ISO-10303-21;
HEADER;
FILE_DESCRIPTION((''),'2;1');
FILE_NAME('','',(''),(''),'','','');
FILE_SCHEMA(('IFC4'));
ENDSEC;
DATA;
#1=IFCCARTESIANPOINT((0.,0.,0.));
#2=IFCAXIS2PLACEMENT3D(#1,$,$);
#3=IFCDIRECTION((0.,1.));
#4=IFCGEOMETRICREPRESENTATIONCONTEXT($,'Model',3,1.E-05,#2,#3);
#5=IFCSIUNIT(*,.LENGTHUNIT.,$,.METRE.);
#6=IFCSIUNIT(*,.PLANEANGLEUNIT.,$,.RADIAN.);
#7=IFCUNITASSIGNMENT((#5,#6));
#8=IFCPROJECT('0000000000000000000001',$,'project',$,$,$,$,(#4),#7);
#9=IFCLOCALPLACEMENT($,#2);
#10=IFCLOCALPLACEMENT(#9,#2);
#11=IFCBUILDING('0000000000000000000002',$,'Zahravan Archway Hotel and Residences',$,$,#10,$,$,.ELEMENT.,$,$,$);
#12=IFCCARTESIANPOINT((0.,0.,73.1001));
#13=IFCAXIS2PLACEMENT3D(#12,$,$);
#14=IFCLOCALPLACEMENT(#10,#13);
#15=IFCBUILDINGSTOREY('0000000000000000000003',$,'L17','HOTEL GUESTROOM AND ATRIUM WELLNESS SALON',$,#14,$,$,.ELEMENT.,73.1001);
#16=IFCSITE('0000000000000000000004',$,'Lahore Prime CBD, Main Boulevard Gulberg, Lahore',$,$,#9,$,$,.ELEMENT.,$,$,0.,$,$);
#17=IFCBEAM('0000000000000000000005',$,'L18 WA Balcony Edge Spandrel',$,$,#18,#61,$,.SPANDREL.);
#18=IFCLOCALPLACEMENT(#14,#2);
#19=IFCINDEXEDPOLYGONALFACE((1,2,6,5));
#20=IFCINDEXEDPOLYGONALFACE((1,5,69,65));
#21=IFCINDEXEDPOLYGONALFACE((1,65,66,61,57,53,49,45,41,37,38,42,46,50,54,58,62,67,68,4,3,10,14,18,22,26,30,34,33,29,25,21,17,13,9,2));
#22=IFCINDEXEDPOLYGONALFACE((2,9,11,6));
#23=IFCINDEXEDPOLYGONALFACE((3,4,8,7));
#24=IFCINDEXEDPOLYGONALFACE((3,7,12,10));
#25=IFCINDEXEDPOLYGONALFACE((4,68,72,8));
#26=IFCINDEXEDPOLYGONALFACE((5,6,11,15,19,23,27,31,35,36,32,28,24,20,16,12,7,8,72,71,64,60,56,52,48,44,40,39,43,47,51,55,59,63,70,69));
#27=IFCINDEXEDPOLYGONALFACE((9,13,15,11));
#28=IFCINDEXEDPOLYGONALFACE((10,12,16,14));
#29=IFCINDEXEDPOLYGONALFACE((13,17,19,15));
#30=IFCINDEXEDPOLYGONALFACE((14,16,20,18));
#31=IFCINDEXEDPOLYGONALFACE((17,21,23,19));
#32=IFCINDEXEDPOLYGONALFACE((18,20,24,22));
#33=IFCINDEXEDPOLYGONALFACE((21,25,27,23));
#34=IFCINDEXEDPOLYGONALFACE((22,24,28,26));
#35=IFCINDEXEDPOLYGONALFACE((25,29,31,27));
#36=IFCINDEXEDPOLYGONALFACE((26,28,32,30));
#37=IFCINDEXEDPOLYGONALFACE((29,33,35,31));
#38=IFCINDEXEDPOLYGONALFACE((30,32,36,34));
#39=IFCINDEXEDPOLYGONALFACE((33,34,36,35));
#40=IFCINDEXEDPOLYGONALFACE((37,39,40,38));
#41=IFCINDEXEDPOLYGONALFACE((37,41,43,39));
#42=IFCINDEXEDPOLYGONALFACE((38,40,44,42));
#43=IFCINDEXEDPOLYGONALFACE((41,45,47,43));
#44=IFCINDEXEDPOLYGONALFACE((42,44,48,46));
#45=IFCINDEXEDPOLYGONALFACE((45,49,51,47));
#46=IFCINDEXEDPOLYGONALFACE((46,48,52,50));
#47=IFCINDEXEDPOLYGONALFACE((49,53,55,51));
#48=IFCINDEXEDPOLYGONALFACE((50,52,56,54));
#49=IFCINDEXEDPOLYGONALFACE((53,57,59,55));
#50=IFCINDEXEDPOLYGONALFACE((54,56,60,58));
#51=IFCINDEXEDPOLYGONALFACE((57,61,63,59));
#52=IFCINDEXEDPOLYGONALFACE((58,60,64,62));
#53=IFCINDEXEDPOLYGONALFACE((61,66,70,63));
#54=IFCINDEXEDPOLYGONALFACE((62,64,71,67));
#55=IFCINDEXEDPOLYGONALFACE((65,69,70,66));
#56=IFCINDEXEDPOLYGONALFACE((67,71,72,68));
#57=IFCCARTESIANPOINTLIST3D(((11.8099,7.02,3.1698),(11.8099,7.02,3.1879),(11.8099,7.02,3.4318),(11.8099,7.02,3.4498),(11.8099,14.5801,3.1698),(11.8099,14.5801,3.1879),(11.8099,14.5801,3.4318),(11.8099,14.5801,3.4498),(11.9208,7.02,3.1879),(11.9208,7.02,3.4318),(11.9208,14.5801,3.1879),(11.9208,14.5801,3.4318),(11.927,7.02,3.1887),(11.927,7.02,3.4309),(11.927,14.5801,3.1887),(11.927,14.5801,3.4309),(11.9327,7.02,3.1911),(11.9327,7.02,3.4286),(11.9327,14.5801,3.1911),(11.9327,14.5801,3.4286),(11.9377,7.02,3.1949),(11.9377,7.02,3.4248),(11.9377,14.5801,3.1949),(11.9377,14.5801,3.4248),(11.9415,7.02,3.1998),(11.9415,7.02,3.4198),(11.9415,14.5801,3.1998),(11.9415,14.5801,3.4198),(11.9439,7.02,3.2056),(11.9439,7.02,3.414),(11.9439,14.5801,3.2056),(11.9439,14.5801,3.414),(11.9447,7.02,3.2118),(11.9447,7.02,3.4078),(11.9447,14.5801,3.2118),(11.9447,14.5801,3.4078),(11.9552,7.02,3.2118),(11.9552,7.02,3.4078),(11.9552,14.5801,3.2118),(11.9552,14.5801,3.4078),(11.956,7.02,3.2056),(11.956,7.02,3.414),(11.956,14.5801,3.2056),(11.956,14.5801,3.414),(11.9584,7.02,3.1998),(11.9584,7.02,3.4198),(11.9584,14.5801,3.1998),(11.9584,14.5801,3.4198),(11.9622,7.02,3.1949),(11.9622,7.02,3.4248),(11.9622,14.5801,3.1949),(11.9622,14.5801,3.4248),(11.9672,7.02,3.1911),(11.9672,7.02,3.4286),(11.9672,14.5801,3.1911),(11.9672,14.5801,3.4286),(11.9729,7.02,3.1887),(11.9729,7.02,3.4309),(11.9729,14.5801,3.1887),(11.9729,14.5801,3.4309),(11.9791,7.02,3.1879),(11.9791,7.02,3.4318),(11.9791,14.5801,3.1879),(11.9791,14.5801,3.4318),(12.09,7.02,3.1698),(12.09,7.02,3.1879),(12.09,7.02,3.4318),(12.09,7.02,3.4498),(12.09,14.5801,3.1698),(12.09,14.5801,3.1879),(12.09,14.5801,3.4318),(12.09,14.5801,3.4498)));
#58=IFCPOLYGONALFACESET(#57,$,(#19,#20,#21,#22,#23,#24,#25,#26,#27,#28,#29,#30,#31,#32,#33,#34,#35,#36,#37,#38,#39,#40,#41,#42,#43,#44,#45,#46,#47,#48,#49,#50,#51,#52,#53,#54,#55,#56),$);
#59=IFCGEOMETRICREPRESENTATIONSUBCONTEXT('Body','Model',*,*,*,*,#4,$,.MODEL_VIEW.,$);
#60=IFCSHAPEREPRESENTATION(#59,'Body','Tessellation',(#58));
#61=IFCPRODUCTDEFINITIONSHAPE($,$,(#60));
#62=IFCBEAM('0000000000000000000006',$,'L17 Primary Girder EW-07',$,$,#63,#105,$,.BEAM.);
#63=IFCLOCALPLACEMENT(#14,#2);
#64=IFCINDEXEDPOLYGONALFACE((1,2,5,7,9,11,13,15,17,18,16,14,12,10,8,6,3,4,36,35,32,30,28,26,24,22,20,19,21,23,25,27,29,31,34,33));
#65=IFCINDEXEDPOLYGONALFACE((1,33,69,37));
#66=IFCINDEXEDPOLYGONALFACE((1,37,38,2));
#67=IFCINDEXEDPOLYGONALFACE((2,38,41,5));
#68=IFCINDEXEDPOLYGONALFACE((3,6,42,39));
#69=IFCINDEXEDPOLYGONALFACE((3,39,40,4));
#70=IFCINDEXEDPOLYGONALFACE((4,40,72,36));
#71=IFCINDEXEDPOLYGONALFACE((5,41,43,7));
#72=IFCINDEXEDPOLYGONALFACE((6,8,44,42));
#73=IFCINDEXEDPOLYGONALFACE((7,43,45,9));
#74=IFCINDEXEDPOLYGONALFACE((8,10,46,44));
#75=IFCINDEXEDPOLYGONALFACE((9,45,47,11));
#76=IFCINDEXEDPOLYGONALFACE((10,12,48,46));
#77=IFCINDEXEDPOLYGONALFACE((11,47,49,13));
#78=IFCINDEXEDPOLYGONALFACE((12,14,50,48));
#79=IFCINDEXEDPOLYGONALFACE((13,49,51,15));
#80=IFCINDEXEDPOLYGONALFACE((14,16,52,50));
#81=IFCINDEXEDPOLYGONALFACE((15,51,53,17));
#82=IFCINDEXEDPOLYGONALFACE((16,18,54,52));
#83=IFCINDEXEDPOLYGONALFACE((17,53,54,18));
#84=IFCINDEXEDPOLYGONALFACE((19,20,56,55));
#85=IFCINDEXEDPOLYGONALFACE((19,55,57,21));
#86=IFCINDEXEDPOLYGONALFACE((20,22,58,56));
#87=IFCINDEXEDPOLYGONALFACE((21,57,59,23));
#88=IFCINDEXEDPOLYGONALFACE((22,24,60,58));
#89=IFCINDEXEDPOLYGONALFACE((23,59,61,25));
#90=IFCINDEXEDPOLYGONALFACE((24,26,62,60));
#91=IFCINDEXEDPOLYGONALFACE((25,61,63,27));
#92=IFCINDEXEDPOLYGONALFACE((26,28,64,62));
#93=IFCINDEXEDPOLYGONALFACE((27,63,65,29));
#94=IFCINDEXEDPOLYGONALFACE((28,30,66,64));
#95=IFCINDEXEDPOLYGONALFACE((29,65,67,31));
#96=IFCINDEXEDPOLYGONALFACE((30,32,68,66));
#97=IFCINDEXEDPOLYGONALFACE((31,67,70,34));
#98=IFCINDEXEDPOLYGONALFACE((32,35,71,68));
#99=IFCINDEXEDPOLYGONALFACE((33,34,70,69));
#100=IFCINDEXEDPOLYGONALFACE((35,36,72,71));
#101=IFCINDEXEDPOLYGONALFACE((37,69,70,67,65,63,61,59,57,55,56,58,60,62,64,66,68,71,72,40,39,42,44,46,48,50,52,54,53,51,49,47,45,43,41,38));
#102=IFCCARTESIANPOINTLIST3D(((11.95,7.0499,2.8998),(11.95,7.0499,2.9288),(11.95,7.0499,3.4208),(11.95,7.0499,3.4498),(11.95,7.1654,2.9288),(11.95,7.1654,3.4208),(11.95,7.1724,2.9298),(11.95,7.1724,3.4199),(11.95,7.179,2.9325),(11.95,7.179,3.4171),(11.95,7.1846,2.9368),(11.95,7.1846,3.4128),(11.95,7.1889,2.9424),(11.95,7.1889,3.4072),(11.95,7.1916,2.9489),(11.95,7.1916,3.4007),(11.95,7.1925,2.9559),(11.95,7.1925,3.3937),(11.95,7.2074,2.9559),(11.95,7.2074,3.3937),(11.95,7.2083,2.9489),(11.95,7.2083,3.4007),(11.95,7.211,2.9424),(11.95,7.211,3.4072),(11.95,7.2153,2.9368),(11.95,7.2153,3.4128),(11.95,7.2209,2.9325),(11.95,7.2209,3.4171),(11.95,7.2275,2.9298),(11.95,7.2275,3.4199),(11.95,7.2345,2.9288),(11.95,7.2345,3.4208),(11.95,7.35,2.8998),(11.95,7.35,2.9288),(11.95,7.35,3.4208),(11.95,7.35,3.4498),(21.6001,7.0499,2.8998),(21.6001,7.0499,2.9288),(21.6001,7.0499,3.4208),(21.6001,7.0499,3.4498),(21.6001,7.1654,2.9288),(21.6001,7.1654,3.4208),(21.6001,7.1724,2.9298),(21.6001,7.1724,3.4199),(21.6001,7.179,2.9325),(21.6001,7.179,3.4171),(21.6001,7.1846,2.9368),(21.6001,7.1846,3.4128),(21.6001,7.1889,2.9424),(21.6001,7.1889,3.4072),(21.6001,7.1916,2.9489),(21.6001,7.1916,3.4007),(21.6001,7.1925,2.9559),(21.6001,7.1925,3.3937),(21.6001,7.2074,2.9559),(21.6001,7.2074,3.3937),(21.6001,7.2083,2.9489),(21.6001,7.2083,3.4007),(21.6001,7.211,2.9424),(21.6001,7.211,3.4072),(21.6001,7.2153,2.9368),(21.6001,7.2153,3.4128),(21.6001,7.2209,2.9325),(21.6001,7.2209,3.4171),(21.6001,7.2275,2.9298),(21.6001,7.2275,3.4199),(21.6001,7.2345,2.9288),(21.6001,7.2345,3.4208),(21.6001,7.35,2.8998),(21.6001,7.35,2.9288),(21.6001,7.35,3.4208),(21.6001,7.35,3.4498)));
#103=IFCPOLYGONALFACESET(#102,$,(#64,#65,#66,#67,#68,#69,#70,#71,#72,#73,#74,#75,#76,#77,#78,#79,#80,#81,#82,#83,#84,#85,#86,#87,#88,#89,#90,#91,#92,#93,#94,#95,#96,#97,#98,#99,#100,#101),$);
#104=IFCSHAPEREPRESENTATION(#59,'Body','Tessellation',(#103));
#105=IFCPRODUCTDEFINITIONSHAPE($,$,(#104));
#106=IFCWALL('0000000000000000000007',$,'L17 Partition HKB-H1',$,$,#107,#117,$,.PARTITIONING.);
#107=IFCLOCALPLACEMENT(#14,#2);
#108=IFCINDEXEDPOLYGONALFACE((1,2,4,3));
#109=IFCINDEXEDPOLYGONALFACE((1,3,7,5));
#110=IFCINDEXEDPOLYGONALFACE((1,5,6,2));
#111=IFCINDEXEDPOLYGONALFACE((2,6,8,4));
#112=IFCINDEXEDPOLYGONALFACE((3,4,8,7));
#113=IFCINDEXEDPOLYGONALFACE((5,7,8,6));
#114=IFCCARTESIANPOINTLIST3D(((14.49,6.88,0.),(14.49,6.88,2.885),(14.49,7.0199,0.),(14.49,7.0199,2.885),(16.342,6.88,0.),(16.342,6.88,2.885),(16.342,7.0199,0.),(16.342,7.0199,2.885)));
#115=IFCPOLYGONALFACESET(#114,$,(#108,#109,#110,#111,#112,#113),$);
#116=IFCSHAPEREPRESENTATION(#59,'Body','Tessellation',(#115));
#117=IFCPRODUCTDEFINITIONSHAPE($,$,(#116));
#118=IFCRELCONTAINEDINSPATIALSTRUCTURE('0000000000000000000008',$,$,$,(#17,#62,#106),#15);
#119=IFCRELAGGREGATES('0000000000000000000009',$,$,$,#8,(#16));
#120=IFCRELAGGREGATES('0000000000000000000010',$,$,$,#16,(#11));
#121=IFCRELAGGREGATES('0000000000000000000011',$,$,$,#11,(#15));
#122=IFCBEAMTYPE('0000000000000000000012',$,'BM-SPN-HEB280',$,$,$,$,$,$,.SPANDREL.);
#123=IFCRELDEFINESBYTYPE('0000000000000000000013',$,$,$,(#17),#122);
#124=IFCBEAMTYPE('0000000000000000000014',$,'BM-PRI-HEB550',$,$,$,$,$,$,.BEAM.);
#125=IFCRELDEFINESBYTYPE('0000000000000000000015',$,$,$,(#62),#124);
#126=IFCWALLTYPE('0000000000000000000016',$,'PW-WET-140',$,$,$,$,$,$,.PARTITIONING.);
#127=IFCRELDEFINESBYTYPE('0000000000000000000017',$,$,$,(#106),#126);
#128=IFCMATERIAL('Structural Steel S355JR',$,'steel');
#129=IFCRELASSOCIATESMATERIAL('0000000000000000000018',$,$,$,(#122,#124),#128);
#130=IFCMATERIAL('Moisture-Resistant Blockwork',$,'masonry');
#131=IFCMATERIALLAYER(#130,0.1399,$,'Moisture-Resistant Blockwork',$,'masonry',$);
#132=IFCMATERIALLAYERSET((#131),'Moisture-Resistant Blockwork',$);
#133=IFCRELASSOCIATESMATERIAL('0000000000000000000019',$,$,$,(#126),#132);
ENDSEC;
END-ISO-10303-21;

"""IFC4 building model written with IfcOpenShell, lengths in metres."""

from ifc_helpers import new_model, si_unit, direction, frame, frame_2d, origin, origin_2d, place, context, subcontext, project, spatial, rectangle, i_section, extrude, source, transform, mapped, material, layer, layer_set, material_profile, profile_set, type_object, type_shapes, element, save


model = new_model("IFC4")

# Units and contexts
model_context = context("Model", 3, precision=1e-05, world=origin(), true_north=direction((0.0, 1.0)))
body_context = subcontext(model_context, "Body", "Model", "MODEL_VIEW")
ifc_project = project(units=[si_unit("LENGTHUNIT", "METRE"), si_unit("PLANEANGLEUNIT", "RADIAN")], contexts=[model_context])

# Site, building, storey
site_placement = place(None, origin())
site = spatial("IfcSite", under=ifc_project, at=site_placement, Name="Lahore Prime CBD, Main Boulevard Gulberg, Lahore", CompositionType="ELEMENT", RefElevation=0.0)
building_placement = place(site_placement, origin())
building = spatial("IfcBuilding", under=site, at=building_placement, Name="Zahravan Archway Hotel and Residences", CompositionType="ELEMENT")
storey_placement = place(building_placement, frame((0.0, 0.0, 73.1001)))
storey = spatial("IfcBuildingStorey", under=building, at=storey_placement, Name="L17", Description="HOTEL GUESTROOM AND ATRIUM WELLNESS SALON", CompositionType="ELEMENT", Elevation=73.1001)

# Beams
ifc_material_1 = material(Name="Structural Steel S355JR", Category="steel")
ifc_material_profile_1 = material_profile(ifc_material_1, i_section(OverallWidth=0.28, OverallDepth=0.28, WebThickness=0.0105, FlangeThickness=0.0181, FilletRadius=0.0239, at=origin_2d()), Name="HEB 280", Category="steel")
ifc_profile_set_1 = profile_set([ifc_material_profile_1], Name="Structural Steel S355JR")
beam_type_1 = type_object("IfcBeamType", Name="BM-SPN-HEB280", PredefinedType="SPANDREL", material=ifc_profile_set_1)
shared_shape_1 = source(origin(), body_context, "Body", "SweptSolid", [
    extrude(i_section(OverallWidth=0.28, OverallDepth=0.28, WebThickness=0.0105, FlangeThickness=0.0181, FilletRadius=0.0239, at=origin_2d()), origin(), (0.0, 0.0, 1.0), 7.5601),
])
type_shapes(beam_type_1, [shared_shape_1])
beam_1_placement = place(storey_placement, frame((11.95, 7.02, 3.3098), z_axis=(0.0, 1.0, 0.0), x_axis=(-1.0, 0.0, 0.0)))
element("IfcBeam", 1, at=beam_1_placement, inside=storey, type_object=beam_type_1, Name="L18 WA Balcony Edge Spandrel", PredefinedType="SPANDREL", context=body_context, shape_type="MappedRepresentation", body=[
    mapped(shared_shape_1, transform((0.0, 0.0, 0.0), scale=1.0)),
])
ifc_material_profile_2 = material_profile(ifc_material_1, i_section(OverallWidth=0.3, OverallDepth=0.55, WebThickness=0.0149, FlangeThickness=0.0291, FilletRadius=0.0271, at=origin_2d()), Name="HEB 550", Category="steel")
ifc_profile_set_2 = profile_set([ifc_material_profile_2], Name="Structural Steel S355JR")
beam_type_2 = type_object("IfcBeamType", Name="BM-PRI-HEB550", PredefinedType="BEAM", material=ifc_profile_set_2)
shared_shape_2 = source(origin(), body_context, "Body", "SweptSolid", [
    extrude(i_section(OverallWidth=0.3, OverallDepth=0.55, WebThickness=0.0149, FlangeThickness=0.0291, FilletRadius=0.0271, at=origin_2d()), origin(), (0.0, 0.0, 1.0), 9.6501),
])
beam_2_placement = place(storey_placement, frame((11.95, 7.2, 3.1748), z_axis=(1.0, 0.0, 0.0), x_axis=(0.0, 1.0, 0.0)))
element("IfcBeam", 2, at=beam_2_placement, inside=storey, type_object=beam_type_2, Name="L17 Primary Girder EW-07", PredefinedType="BEAM", context=body_context, shape_type="MappedRepresentation", body=[
    mapped(shared_shape_2, transform((0.0, 0.0, 0.0), scale=1.0)),
])

# Wall
ifc_material_2 = material(Name="Moisture-Resistant Blockwork", Category="masonry")
ifc_layer = layer(ifc_material_2, 0.1399, Name="Moisture-Resistant Blockwork", Category="masonry")
ifc_layer_set = layer_set([ifc_layer], Name="Moisture-Resistant Blockwork")
wall_type = type_object("IfcWallType", Name="PW-WET-140", PredefinedType="PARTITIONING", material=ifc_layer_set)
wall_placement = place(storey_placement, frame((14.49, 6.95, 0.0), z_axis=(0.0, 0.0, 1.0), x_axis=(1.0, 0.0, 0.0)))
element("IfcWall", 3, at=wall_placement, inside=storey, type_object=wall_type, Name="L17 Partition HKB-H1", PredefinedType="PARTITIONING", context=body_context, shape_type="SweptSolid", body=[
    extrude(rectangle(XDim=1.8521, YDim=0.1399, at=frame_2d((0.926, 0.0))), origin(), (0.0, 0.0, 1.0), 2.885),
])

save(model, "model.ifc")
